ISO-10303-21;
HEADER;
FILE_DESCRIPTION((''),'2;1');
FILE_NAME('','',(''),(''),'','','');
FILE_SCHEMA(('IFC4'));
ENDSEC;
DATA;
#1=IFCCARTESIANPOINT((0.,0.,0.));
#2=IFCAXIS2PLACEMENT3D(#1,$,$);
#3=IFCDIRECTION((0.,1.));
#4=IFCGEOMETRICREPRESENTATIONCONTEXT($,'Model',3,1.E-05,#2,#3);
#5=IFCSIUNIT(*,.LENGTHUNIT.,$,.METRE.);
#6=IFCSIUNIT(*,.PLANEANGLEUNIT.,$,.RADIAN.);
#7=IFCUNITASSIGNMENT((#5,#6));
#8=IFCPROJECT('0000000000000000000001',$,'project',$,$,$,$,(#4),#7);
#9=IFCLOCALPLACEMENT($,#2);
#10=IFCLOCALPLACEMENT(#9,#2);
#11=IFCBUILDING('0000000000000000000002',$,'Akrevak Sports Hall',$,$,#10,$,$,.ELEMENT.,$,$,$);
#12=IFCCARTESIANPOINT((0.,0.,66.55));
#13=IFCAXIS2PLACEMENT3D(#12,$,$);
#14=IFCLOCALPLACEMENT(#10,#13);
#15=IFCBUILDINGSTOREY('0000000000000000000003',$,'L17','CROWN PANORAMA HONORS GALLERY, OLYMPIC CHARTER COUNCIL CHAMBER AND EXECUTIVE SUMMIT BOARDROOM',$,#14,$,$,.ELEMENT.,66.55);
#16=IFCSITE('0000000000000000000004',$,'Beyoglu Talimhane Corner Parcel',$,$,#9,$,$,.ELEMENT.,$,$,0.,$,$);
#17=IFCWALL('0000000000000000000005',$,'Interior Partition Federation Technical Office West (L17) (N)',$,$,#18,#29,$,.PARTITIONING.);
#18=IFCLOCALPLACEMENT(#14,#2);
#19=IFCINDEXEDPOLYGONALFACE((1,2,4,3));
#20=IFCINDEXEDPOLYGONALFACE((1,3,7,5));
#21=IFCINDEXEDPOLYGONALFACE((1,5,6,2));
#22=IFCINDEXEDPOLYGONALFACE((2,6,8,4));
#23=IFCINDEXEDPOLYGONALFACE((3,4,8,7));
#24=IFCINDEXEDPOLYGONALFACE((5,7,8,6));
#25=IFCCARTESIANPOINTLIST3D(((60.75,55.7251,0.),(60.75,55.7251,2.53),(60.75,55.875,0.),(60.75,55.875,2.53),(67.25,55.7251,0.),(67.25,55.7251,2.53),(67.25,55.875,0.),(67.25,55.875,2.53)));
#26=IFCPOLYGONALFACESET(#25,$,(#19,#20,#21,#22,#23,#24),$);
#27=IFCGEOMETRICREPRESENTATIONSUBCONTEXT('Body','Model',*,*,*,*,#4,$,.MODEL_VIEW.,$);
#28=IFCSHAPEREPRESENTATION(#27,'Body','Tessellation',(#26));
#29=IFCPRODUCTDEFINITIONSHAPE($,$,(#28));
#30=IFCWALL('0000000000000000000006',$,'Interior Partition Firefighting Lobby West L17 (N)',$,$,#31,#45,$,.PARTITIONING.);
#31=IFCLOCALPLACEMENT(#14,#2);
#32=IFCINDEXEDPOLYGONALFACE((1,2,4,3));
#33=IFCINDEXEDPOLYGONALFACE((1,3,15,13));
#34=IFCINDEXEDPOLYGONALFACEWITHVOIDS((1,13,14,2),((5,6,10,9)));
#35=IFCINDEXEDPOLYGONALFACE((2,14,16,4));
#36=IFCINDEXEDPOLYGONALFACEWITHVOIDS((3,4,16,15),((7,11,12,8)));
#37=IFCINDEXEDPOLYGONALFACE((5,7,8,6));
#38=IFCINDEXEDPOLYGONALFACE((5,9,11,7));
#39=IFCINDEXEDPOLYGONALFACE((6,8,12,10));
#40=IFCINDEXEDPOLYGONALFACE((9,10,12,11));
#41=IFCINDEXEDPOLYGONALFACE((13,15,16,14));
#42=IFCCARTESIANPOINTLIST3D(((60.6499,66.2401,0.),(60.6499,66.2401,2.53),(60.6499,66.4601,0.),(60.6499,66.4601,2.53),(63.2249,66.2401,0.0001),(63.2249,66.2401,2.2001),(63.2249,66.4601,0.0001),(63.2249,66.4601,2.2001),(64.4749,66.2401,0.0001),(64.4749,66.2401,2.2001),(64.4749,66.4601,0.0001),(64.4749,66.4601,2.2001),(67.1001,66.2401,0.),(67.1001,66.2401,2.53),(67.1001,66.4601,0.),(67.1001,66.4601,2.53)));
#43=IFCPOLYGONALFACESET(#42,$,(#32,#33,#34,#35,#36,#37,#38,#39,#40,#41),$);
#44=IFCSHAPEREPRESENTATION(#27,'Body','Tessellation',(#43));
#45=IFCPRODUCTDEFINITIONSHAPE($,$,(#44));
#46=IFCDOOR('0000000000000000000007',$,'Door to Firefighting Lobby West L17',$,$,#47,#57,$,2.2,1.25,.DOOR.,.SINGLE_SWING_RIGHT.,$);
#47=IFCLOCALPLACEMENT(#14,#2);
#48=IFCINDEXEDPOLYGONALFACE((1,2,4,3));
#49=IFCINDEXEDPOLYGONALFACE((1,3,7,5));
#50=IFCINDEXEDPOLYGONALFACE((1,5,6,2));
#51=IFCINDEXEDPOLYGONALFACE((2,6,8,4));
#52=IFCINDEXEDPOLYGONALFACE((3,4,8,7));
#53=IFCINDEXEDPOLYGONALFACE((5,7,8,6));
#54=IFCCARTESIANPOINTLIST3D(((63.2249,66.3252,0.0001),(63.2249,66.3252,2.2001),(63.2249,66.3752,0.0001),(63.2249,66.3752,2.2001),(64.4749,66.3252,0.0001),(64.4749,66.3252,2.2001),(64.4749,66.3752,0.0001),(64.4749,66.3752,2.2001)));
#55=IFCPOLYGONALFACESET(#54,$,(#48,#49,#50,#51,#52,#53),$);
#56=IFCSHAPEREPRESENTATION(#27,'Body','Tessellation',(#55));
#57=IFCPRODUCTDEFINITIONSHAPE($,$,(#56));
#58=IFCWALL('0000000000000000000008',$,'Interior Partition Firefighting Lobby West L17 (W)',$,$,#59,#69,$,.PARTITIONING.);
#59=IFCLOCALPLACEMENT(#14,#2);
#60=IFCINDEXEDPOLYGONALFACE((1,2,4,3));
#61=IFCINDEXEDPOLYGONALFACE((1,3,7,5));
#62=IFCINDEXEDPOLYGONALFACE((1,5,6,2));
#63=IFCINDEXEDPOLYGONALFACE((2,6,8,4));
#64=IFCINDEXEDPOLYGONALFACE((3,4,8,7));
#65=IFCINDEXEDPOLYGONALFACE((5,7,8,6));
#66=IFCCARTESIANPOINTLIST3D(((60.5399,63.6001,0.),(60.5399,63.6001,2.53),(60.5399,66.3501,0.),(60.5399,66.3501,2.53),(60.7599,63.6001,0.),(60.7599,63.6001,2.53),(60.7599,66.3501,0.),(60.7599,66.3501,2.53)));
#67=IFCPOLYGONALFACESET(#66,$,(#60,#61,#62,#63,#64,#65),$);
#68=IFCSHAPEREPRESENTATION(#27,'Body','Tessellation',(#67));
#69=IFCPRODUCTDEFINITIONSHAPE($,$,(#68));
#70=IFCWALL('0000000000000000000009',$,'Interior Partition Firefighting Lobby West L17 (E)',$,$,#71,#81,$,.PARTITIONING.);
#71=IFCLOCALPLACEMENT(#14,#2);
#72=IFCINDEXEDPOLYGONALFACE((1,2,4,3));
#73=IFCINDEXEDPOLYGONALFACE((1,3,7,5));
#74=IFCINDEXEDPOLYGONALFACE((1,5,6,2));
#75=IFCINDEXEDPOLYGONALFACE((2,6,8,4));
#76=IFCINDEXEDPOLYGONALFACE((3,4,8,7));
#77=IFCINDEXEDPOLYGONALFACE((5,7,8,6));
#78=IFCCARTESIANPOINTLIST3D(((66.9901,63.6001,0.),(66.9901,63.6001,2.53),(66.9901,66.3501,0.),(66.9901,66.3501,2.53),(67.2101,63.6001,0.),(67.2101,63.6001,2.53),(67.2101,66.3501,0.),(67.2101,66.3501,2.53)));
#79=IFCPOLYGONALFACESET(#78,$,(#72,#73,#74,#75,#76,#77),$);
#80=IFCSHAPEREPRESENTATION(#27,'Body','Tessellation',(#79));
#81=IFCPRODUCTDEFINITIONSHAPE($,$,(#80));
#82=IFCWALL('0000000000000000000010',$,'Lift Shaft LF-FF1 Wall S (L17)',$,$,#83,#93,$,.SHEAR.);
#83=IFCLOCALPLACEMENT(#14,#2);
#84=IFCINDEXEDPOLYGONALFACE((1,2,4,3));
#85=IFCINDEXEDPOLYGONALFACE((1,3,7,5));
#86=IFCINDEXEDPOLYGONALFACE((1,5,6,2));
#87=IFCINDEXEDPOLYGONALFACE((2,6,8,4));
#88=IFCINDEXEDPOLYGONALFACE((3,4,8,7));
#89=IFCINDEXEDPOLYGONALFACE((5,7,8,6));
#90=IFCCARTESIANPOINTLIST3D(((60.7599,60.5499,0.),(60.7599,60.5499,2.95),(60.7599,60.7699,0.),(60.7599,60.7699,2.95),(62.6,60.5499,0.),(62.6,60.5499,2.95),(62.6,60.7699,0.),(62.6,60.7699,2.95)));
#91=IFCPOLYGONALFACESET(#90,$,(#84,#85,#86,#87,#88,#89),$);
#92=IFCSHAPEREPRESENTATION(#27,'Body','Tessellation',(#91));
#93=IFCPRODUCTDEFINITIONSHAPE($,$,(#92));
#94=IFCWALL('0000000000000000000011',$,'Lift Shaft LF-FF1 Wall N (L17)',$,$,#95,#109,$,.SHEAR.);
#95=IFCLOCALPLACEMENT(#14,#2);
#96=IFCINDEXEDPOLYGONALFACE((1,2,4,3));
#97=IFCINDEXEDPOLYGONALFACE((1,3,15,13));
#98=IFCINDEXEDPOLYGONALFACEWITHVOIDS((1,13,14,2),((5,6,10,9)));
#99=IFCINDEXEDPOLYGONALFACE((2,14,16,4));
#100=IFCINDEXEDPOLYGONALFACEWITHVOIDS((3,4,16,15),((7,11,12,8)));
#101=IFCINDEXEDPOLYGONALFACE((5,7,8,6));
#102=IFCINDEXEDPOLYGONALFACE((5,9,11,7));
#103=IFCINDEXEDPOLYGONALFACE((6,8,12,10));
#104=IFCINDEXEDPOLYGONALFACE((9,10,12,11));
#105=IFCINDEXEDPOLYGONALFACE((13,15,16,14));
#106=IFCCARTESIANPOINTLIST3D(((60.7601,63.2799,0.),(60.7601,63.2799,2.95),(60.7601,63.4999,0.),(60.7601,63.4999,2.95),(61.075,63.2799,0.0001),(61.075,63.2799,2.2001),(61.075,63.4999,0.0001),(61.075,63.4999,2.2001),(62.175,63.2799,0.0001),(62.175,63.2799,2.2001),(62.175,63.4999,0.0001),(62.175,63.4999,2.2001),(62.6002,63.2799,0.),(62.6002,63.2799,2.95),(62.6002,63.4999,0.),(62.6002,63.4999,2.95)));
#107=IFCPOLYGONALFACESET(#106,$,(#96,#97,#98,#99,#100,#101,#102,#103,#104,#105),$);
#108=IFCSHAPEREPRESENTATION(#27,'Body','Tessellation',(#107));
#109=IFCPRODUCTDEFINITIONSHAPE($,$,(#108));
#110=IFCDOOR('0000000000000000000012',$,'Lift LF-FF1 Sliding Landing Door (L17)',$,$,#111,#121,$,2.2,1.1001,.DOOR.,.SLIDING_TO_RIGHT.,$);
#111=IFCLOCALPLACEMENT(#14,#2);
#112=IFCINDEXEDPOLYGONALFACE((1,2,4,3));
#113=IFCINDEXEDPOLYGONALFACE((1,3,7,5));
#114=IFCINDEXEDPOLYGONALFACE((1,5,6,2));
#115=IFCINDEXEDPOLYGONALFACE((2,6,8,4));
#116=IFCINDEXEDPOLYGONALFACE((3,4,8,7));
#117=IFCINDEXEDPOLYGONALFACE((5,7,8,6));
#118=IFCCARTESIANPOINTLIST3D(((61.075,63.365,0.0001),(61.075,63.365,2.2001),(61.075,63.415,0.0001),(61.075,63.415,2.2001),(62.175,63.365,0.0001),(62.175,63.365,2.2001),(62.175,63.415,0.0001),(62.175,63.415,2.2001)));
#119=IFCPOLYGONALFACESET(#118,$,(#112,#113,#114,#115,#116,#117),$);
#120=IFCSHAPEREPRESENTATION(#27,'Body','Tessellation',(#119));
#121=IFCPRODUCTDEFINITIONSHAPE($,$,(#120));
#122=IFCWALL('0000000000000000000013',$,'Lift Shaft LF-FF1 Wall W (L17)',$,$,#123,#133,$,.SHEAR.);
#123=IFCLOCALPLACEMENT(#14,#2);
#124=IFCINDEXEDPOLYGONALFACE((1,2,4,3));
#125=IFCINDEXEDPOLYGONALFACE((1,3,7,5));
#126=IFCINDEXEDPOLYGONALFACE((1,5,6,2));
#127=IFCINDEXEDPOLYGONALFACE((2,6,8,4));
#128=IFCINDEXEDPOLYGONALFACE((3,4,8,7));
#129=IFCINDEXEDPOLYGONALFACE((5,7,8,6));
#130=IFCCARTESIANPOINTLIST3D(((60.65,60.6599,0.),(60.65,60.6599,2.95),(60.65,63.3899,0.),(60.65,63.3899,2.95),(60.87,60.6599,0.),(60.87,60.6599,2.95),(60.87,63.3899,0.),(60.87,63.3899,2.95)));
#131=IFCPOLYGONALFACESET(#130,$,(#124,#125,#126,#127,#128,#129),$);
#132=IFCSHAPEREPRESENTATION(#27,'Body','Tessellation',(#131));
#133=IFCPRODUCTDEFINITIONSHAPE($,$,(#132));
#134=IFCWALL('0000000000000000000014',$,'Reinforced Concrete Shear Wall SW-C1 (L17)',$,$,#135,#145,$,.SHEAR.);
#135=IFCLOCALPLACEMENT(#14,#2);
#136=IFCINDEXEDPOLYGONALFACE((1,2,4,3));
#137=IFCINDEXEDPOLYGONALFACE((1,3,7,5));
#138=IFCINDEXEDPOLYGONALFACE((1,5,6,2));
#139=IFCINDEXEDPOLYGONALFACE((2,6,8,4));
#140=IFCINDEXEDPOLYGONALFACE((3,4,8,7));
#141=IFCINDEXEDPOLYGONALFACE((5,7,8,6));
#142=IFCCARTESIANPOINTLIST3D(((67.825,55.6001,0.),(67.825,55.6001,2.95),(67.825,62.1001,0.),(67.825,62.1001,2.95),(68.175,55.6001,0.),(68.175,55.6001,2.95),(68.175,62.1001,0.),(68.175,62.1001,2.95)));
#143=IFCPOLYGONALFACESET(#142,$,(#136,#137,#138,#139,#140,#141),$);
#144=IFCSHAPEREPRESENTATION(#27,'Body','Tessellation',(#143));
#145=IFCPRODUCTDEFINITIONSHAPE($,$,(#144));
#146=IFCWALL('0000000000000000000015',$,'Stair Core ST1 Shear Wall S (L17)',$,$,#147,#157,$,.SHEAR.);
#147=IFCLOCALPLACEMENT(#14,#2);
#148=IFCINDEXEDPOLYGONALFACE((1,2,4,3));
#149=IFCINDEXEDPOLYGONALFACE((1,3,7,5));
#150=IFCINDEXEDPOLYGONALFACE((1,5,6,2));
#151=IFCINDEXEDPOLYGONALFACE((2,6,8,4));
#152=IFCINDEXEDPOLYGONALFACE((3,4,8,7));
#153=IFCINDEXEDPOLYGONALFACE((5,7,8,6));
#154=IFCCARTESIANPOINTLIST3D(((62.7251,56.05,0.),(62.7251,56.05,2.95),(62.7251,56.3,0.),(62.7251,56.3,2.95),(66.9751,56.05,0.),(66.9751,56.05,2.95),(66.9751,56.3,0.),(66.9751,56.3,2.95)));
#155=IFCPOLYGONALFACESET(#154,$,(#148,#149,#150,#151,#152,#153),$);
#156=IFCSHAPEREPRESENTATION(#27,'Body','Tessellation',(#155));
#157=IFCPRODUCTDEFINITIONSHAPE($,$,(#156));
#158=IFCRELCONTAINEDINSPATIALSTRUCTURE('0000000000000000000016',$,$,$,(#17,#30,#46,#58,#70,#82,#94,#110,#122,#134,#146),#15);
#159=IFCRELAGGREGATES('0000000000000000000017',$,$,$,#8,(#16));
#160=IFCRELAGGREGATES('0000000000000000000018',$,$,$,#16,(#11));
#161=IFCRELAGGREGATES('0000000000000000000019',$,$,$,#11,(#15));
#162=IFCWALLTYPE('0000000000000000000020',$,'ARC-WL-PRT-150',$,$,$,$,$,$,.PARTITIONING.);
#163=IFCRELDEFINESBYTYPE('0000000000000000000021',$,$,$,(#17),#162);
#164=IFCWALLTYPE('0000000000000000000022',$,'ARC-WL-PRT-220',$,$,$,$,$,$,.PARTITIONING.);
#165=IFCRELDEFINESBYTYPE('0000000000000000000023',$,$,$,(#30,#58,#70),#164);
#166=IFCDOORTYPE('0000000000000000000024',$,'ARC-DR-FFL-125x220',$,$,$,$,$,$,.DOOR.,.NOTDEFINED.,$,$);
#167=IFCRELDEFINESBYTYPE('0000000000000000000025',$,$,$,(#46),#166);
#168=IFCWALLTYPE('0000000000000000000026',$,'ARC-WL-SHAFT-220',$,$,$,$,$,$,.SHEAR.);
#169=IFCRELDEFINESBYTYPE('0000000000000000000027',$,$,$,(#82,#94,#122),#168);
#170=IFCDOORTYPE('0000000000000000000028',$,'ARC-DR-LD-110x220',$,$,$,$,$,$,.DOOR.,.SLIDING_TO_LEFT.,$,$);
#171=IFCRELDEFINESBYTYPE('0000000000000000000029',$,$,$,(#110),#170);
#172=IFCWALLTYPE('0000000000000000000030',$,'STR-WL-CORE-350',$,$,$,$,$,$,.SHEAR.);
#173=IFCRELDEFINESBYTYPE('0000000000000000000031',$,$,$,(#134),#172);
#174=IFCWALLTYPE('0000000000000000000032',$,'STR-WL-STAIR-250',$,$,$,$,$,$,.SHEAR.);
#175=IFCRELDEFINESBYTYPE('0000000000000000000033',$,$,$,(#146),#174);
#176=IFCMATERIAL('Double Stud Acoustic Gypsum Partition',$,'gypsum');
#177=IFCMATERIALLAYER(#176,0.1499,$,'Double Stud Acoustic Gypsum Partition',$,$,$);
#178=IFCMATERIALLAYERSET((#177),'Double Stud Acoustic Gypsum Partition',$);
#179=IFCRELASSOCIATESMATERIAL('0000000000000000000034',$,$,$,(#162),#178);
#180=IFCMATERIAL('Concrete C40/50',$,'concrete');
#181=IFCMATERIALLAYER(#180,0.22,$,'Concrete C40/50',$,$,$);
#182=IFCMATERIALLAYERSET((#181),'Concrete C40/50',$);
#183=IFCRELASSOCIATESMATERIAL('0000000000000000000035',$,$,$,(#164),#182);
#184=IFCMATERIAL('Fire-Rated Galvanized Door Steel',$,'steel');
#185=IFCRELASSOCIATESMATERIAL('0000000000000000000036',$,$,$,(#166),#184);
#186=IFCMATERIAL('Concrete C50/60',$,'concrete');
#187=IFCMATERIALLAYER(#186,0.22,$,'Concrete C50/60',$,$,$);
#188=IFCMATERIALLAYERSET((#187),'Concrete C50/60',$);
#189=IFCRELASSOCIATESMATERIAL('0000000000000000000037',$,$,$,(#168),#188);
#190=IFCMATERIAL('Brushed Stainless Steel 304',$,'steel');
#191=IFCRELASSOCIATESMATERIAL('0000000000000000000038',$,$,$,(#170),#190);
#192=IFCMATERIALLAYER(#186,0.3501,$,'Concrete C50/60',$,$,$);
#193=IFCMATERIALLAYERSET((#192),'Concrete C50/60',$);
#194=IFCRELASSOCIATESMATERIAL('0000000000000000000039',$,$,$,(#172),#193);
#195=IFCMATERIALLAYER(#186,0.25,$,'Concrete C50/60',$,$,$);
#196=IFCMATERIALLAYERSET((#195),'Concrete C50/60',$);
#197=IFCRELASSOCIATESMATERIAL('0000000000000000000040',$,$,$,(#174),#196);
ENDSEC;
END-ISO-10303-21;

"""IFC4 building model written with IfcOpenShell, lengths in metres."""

from ifc_helpers import new_model, si_unit, direction, frame, frame_2d, origin, place, context, subcontext, project, spatial, rectangle, extrude, material, layer, layer_set, type_object, element, fill, save


model = new_model("IFC4")

# Units and contexts
model_context = context("Model", 3, precision=1e-05, world=origin(), true_north=direction((0.0, 1.0)))
body_context = subcontext(model_context, "Body", "Model", "MODEL_VIEW")
ifc_project = project(units=[si_unit("LENGTHUNIT", "METRE"), si_unit("PLANEANGLEUNIT", "RADIAN")], contexts=[model_context])

# Site, building, storey
site_placement = place(None, origin())
site = spatial("IfcSite", under=ifc_project, at=site_placement, Name="Beyoglu Talimhane Corner Parcel", CompositionType="ELEMENT", RefElevation=0.0)
building_placement = place(site_placement, origin())
building = spatial("IfcBuilding", under=site, at=building_placement, Name="Akrevak Sports Hall", CompositionType="ELEMENT")
storey_placement = place(building_placement, frame((0.0, 0.0, 66.55)))
storey = spatial("IfcBuildingStorey", under=building, at=storey_placement, Name="L17", Description="CROWN PANORAMA HONORS GALLERY, OLYMPIC CHARTER COUNCIL CHAMBER AND EXECUTIVE SUMMIT BOARDROOM", CompositionType="ELEMENT", Elevation=66.55)

# Shared definitions
ifc_material_1 = material(Name="Concrete C40/50", Category="concrete")

# Wall
ifc_material_2 = material(Name="Double Stud Acoustic Gypsum Partition", Category="gypsum")
ifc_layer_1 = layer(ifc_material_2, 0.1499, Name="Double Stud Acoustic Gypsum Partition")
ifc_layer_set_1 = layer_set([ifc_layer_1], Name="Double Stud Acoustic Gypsum Partition")
wall_type_1 = type_object("IfcWallType", Name="ARC-WL-PRT-150", PredefinedType="PARTITIONING", material=ifc_layer_set_1)
wall_1_placement = place(storey_placement, frame((60.75, 55.8, 0.0), z_axis=(0.0, 0.0, 1.0), x_axis=(1.0, 0.0, 0.0)))
element("IfcWall", 1, at=wall_1_placement, inside=storey, type_object=wall_type_1, Name="Interior Partition Federation Technical Office West (L17) (N)", PredefinedType="PARTITIONING", context=body_context, shape_type="SweptSolid", body=[
    extrude(rectangle(XDim=6.5, YDim=0.1499, at=frame_2d((3.25, 0.0))), origin(), (0.0, 0.0, 1.0), 2.53),
])

# Wall, opening, door
ifc_layer_2 = layer(ifc_material_1, 0.22, Name="Concrete C40/50")
ifc_layer_set_2 = layer_set([ifc_layer_2], Name="Concrete C40/50")
wall_type_2 = type_object("IfcWallType", Name="ARC-WL-PRT-220", PredefinedType="PARTITIONING", material=ifc_layer_set_2)
wall_2_placement = place(storey_placement, frame((60.6499, 66.3501, 0.0), z_axis=(0.0, 0.0, 1.0), x_axis=(1.0, 0.0, 0.0)))
wall_2 = element("IfcWall", 2, at=wall_2_placement, inside=storey, type_object=wall_type_2, Name="Interior Partition Firefighting Lobby West L17 (N)", PredefinedType="PARTITIONING", context=body_context, shape_type="SweptSolid", body=[
    extrude(rectangle(XDim=6.4502, YDim=0.22, at=frame_2d((3.2251, 0.0))), origin(), (0.0, 0.0, 1.0), 2.53),
])
opening_1_placement = place(wall_2_placement, frame((2.575, 0.0, 0.0)))
opening_1 = element("IfcOpeningElement", 3, at=opening_1_placement, cuts=wall_2, PredefinedType="OPENING", context=body_context, shape_type="SweptSolid", body=[
    extrude(rectangle(XDim=1.25, YDim=2.2, at=frame_2d((0.625, 1.1001))), frame((0.0, 0.1221, 0.0), z_axis=(0.0, -1.0, 0.0), x_axis=(1.0, 0.0, 0.0)), (0.0, 0.0, 1.0), 0.2439),
])
ifc_material_3 = material(Name="Fire-Rated Galvanized Door Steel", Category="steel")
door_type_1 = type_object("IfcDoorType", Name="ARC-DR-FFL-125x220", OperationType="NOTDEFINED", PredefinedType="DOOR", material=ifc_material_3)
door_1_placement = place(opening_1_placement, frame((1.25, 0.0, 0.0), z_axis=(0.0, 0.0, 1.0), x_axis=(-1.0, 0.0, 0.0)))
door_1 = element("IfcDoor", 4, at=door_1_placement, inside=storey, type_object=door_type_1, Name="Door to Firefighting Lobby West L17", OperationType="SINGLE_SWING_RIGHT", OverallHeight=2.2, OverallWidth=1.25, PredefinedType="DOOR", context=body_context, shape_type="SweptSolid", body=[
    extrude(rectangle(XDim=1.25, YDim=2.2, at=frame_2d((0.625, 1.1001))), frame((0.0, 0.0249, 0.0), z_axis=(0.0, -1.0, 0.0), x_axis=(1.0, 0.0, 0.0)), (0.0, 0.0, 1.0), 0.05),
])
fill(opening_1, door_1)

# Walls
for number, where, z_axis, x_axis, name in (
    (5, (60.6499, 63.6001, 0.0), (0.0, 0.0, 1.0), (0.0, 1.0, 0.0), "Interior Partition Firefighting Lobby West L17 (W)"),
    (6, (67.1001, 63.6001, 0.0), (0.0, 0.0, 1.0), (0.0, 1.0, 0.0), "Interior Partition Firefighting Lobby West L17 (E)"),
):
    element("IfcWall", number, at=place(storey_placement, frame(where, z_axis=z_axis, x_axis=x_axis)), inside=storey, type_object=wall_type_2, Name=name, PredefinedType="PARTITIONING", context=body_context, shape_type="SweptSolid", body=[
        extrude(rectangle(XDim=2.75, YDim=0.22, at=frame_2d((1.375, 0.0))), origin(), (0.0, 0.0, 1.0), 2.53),
    ])
ifc_material_4 = material(Name="Concrete C50/60", Category="concrete")
ifc_layer_3 = layer(ifc_material_4, 0.22, Name="Concrete C50/60")
ifc_layer_set_3 = layer_set([ifc_layer_3], Name="Concrete C50/60")
wall_type_3 = type_object("IfcWallType", Name="ARC-WL-SHAFT-220", PredefinedType="SHEAR", material=ifc_layer_set_3)
wall_3_placement = place(storey_placement, frame((60.76, 60.6599, 0.0), z_axis=(0.0, 0.0, 1.0), x_axis=(1.0, 0.0, 0.0)))
element("IfcWall", 7, at=wall_3_placement, inside=storey, type_object=wall_type_3, Name="Lift Shaft LF-FF1 Wall S (L17)", PredefinedType="SHEAR", context=body_context, shape_type="SweptSolid", body=[
    extrude(rectangle(XDim=1.8401, YDim=0.22, at=frame_2d((0.9199, 0.0))), origin(), (0.0, 0.0, 1.0), 2.95),
])

# Wall, opening, door
wall_4_placement = place(storey_placement, frame((62.6001, 63.3899, 0.0), z_axis=(0.0, 0.0, 1.0), x_axis=(-1.0, 0.0, 0.0)))
wall_4 = element("IfcWall", 8, at=wall_4_placement, inside=storey, type_object=wall_type_3, Name="Lift Shaft LF-FF1 Wall N (L17)", PredefinedType="SHEAR", context=body_context, shape_type="SweptSolid", body=[
    extrude(rectangle(XDim=1.8401, YDim=0.22, at=frame_2d((0.9199, 0.0))), origin(), (0.0, 0.0, 1.0), 2.95),
])
opening_2_placement = place(wall_4_placement, frame((0.425, 0.0, 0.0)))
opening_2 = element("IfcOpeningElement", 9, at=opening_2_placement, cuts=wall_4, PredefinedType="OPENING", context=body_context, shape_type="SweptSolid", body=[
    extrude(rectangle(XDim=1.1001, YDim=2.2, at=frame_2d((0.55, 1.1001))), frame((0.0, 0.1221, 0.0), z_axis=(0.0, -1.0, 0.0), x_axis=(1.0, 0.0, 0.0)), (0.0, 0.0, 1.0), 0.2439),
])
ifc_material_5 = material(Name="Brushed Stainless Steel 304", Category="steel")
door_type_2 = type_object("IfcDoorType", Name="ARC-DR-LD-110x220", OperationType="SLIDING_TO_LEFT", PredefinedType="DOOR", material=ifc_material_5)
door_2_placement = place(opening_2_placement, origin())
door_2 = element("IfcDoor", 10, at=door_2_placement, inside=storey, type_object=door_type_2, Name="Lift LF-FF1 Sliding Landing Door (L17)", OperationType="SLIDING_TO_RIGHT", OverallHeight=2.2, OverallWidth=1.1001, PredefinedType="DOOR", context=body_context, shape_type="SweptSolid", body=[
    extrude(rectangle(XDim=1.1001, YDim=2.2, at=frame_2d((0.55, 1.1001))), frame((0.0, 0.0249, 0.0), z_axis=(0.0, -1.0, 0.0), x_axis=(1.0, 0.0, 0.0)), (0.0, 0.0, 1.0), 0.05),
])
fill(opening_2, door_2)

# Walls
wall_5_placement = place(storey_placement, frame((60.76, 63.3899, 0.0), z_axis=(0.0, 0.0, 1.0), x_axis=(0.0, -1.0, 0.0)))
element("IfcWall", 11, at=wall_5_placement, inside=storey, type_object=wall_type_3, Name="Lift Shaft LF-FF1 Wall W (L17)", PredefinedType="SHEAR", context=body_context, shape_type="SweptSolid", body=[
    extrude(rectangle(XDim=2.73, YDim=0.22, at=frame_2d((1.365, 0.0))), origin(), (0.0, 0.0, 1.0), 2.95),
])
ifc_layer_4 = layer(ifc_material_4, 0.3501, Name="Concrete C50/60")
ifc_layer_set_4 = layer_set([ifc_layer_4], Name="Concrete C50/60")
wall_type_4 = type_object("IfcWallType", Name="STR-WL-CORE-350", PredefinedType="SHEAR", material=ifc_layer_set_4)
wall_6_placement = place(storey_placement, frame((68.0, 55.6001, 0.0), z_axis=(0.0, 0.0, 1.0), x_axis=(0.0, 1.0, 0.0)))
element("IfcWall", 12, at=wall_6_placement, inside=storey, type_object=wall_type_4, Name="Reinforced Concrete Shear Wall SW-C1 (L17)", PredefinedType="SHEAR", context=body_context, shape_type="SweptSolid", body=[
    extrude(rectangle(XDim=6.5, YDim=0.3501, at=frame_2d((3.25, 0.0))), origin(), (0.0, 0.0, 1.0), 2.95),
])
ifc_layer_5 = layer(ifc_material_4, 0.25, Name="Concrete C50/60")
ifc_layer_set_5 = layer_set([ifc_layer_5], Name="Concrete C50/60")
wall_type_5 = type_object("IfcWallType", Name="STR-WL-STAIR-250", PredefinedType="SHEAR", material=ifc_layer_set_5)
wall_7_placement = place(storey_placement, frame((62.7251, 56.175, 0.0), z_axis=(0.0, 0.0, 1.0), x_axis=(1.0, 0.0, 0.0)))
element("IfcWall", 13, at=wall_7_placement, inside=storey, type_object=wall_type_5, Name="Stair Core ST1 Shear Wall S (L17)", PredefinedType="SHEAR", context=body_context, shape_type="SweptSolid", body=[
    extrude(rectangle(XDim=4.25, YDim=0.25, at=frame_2d((2.125, 0.0))), origin(), (0.0, 0.0, 1.0), 2.95),
])

save(model, "model.ifc")
